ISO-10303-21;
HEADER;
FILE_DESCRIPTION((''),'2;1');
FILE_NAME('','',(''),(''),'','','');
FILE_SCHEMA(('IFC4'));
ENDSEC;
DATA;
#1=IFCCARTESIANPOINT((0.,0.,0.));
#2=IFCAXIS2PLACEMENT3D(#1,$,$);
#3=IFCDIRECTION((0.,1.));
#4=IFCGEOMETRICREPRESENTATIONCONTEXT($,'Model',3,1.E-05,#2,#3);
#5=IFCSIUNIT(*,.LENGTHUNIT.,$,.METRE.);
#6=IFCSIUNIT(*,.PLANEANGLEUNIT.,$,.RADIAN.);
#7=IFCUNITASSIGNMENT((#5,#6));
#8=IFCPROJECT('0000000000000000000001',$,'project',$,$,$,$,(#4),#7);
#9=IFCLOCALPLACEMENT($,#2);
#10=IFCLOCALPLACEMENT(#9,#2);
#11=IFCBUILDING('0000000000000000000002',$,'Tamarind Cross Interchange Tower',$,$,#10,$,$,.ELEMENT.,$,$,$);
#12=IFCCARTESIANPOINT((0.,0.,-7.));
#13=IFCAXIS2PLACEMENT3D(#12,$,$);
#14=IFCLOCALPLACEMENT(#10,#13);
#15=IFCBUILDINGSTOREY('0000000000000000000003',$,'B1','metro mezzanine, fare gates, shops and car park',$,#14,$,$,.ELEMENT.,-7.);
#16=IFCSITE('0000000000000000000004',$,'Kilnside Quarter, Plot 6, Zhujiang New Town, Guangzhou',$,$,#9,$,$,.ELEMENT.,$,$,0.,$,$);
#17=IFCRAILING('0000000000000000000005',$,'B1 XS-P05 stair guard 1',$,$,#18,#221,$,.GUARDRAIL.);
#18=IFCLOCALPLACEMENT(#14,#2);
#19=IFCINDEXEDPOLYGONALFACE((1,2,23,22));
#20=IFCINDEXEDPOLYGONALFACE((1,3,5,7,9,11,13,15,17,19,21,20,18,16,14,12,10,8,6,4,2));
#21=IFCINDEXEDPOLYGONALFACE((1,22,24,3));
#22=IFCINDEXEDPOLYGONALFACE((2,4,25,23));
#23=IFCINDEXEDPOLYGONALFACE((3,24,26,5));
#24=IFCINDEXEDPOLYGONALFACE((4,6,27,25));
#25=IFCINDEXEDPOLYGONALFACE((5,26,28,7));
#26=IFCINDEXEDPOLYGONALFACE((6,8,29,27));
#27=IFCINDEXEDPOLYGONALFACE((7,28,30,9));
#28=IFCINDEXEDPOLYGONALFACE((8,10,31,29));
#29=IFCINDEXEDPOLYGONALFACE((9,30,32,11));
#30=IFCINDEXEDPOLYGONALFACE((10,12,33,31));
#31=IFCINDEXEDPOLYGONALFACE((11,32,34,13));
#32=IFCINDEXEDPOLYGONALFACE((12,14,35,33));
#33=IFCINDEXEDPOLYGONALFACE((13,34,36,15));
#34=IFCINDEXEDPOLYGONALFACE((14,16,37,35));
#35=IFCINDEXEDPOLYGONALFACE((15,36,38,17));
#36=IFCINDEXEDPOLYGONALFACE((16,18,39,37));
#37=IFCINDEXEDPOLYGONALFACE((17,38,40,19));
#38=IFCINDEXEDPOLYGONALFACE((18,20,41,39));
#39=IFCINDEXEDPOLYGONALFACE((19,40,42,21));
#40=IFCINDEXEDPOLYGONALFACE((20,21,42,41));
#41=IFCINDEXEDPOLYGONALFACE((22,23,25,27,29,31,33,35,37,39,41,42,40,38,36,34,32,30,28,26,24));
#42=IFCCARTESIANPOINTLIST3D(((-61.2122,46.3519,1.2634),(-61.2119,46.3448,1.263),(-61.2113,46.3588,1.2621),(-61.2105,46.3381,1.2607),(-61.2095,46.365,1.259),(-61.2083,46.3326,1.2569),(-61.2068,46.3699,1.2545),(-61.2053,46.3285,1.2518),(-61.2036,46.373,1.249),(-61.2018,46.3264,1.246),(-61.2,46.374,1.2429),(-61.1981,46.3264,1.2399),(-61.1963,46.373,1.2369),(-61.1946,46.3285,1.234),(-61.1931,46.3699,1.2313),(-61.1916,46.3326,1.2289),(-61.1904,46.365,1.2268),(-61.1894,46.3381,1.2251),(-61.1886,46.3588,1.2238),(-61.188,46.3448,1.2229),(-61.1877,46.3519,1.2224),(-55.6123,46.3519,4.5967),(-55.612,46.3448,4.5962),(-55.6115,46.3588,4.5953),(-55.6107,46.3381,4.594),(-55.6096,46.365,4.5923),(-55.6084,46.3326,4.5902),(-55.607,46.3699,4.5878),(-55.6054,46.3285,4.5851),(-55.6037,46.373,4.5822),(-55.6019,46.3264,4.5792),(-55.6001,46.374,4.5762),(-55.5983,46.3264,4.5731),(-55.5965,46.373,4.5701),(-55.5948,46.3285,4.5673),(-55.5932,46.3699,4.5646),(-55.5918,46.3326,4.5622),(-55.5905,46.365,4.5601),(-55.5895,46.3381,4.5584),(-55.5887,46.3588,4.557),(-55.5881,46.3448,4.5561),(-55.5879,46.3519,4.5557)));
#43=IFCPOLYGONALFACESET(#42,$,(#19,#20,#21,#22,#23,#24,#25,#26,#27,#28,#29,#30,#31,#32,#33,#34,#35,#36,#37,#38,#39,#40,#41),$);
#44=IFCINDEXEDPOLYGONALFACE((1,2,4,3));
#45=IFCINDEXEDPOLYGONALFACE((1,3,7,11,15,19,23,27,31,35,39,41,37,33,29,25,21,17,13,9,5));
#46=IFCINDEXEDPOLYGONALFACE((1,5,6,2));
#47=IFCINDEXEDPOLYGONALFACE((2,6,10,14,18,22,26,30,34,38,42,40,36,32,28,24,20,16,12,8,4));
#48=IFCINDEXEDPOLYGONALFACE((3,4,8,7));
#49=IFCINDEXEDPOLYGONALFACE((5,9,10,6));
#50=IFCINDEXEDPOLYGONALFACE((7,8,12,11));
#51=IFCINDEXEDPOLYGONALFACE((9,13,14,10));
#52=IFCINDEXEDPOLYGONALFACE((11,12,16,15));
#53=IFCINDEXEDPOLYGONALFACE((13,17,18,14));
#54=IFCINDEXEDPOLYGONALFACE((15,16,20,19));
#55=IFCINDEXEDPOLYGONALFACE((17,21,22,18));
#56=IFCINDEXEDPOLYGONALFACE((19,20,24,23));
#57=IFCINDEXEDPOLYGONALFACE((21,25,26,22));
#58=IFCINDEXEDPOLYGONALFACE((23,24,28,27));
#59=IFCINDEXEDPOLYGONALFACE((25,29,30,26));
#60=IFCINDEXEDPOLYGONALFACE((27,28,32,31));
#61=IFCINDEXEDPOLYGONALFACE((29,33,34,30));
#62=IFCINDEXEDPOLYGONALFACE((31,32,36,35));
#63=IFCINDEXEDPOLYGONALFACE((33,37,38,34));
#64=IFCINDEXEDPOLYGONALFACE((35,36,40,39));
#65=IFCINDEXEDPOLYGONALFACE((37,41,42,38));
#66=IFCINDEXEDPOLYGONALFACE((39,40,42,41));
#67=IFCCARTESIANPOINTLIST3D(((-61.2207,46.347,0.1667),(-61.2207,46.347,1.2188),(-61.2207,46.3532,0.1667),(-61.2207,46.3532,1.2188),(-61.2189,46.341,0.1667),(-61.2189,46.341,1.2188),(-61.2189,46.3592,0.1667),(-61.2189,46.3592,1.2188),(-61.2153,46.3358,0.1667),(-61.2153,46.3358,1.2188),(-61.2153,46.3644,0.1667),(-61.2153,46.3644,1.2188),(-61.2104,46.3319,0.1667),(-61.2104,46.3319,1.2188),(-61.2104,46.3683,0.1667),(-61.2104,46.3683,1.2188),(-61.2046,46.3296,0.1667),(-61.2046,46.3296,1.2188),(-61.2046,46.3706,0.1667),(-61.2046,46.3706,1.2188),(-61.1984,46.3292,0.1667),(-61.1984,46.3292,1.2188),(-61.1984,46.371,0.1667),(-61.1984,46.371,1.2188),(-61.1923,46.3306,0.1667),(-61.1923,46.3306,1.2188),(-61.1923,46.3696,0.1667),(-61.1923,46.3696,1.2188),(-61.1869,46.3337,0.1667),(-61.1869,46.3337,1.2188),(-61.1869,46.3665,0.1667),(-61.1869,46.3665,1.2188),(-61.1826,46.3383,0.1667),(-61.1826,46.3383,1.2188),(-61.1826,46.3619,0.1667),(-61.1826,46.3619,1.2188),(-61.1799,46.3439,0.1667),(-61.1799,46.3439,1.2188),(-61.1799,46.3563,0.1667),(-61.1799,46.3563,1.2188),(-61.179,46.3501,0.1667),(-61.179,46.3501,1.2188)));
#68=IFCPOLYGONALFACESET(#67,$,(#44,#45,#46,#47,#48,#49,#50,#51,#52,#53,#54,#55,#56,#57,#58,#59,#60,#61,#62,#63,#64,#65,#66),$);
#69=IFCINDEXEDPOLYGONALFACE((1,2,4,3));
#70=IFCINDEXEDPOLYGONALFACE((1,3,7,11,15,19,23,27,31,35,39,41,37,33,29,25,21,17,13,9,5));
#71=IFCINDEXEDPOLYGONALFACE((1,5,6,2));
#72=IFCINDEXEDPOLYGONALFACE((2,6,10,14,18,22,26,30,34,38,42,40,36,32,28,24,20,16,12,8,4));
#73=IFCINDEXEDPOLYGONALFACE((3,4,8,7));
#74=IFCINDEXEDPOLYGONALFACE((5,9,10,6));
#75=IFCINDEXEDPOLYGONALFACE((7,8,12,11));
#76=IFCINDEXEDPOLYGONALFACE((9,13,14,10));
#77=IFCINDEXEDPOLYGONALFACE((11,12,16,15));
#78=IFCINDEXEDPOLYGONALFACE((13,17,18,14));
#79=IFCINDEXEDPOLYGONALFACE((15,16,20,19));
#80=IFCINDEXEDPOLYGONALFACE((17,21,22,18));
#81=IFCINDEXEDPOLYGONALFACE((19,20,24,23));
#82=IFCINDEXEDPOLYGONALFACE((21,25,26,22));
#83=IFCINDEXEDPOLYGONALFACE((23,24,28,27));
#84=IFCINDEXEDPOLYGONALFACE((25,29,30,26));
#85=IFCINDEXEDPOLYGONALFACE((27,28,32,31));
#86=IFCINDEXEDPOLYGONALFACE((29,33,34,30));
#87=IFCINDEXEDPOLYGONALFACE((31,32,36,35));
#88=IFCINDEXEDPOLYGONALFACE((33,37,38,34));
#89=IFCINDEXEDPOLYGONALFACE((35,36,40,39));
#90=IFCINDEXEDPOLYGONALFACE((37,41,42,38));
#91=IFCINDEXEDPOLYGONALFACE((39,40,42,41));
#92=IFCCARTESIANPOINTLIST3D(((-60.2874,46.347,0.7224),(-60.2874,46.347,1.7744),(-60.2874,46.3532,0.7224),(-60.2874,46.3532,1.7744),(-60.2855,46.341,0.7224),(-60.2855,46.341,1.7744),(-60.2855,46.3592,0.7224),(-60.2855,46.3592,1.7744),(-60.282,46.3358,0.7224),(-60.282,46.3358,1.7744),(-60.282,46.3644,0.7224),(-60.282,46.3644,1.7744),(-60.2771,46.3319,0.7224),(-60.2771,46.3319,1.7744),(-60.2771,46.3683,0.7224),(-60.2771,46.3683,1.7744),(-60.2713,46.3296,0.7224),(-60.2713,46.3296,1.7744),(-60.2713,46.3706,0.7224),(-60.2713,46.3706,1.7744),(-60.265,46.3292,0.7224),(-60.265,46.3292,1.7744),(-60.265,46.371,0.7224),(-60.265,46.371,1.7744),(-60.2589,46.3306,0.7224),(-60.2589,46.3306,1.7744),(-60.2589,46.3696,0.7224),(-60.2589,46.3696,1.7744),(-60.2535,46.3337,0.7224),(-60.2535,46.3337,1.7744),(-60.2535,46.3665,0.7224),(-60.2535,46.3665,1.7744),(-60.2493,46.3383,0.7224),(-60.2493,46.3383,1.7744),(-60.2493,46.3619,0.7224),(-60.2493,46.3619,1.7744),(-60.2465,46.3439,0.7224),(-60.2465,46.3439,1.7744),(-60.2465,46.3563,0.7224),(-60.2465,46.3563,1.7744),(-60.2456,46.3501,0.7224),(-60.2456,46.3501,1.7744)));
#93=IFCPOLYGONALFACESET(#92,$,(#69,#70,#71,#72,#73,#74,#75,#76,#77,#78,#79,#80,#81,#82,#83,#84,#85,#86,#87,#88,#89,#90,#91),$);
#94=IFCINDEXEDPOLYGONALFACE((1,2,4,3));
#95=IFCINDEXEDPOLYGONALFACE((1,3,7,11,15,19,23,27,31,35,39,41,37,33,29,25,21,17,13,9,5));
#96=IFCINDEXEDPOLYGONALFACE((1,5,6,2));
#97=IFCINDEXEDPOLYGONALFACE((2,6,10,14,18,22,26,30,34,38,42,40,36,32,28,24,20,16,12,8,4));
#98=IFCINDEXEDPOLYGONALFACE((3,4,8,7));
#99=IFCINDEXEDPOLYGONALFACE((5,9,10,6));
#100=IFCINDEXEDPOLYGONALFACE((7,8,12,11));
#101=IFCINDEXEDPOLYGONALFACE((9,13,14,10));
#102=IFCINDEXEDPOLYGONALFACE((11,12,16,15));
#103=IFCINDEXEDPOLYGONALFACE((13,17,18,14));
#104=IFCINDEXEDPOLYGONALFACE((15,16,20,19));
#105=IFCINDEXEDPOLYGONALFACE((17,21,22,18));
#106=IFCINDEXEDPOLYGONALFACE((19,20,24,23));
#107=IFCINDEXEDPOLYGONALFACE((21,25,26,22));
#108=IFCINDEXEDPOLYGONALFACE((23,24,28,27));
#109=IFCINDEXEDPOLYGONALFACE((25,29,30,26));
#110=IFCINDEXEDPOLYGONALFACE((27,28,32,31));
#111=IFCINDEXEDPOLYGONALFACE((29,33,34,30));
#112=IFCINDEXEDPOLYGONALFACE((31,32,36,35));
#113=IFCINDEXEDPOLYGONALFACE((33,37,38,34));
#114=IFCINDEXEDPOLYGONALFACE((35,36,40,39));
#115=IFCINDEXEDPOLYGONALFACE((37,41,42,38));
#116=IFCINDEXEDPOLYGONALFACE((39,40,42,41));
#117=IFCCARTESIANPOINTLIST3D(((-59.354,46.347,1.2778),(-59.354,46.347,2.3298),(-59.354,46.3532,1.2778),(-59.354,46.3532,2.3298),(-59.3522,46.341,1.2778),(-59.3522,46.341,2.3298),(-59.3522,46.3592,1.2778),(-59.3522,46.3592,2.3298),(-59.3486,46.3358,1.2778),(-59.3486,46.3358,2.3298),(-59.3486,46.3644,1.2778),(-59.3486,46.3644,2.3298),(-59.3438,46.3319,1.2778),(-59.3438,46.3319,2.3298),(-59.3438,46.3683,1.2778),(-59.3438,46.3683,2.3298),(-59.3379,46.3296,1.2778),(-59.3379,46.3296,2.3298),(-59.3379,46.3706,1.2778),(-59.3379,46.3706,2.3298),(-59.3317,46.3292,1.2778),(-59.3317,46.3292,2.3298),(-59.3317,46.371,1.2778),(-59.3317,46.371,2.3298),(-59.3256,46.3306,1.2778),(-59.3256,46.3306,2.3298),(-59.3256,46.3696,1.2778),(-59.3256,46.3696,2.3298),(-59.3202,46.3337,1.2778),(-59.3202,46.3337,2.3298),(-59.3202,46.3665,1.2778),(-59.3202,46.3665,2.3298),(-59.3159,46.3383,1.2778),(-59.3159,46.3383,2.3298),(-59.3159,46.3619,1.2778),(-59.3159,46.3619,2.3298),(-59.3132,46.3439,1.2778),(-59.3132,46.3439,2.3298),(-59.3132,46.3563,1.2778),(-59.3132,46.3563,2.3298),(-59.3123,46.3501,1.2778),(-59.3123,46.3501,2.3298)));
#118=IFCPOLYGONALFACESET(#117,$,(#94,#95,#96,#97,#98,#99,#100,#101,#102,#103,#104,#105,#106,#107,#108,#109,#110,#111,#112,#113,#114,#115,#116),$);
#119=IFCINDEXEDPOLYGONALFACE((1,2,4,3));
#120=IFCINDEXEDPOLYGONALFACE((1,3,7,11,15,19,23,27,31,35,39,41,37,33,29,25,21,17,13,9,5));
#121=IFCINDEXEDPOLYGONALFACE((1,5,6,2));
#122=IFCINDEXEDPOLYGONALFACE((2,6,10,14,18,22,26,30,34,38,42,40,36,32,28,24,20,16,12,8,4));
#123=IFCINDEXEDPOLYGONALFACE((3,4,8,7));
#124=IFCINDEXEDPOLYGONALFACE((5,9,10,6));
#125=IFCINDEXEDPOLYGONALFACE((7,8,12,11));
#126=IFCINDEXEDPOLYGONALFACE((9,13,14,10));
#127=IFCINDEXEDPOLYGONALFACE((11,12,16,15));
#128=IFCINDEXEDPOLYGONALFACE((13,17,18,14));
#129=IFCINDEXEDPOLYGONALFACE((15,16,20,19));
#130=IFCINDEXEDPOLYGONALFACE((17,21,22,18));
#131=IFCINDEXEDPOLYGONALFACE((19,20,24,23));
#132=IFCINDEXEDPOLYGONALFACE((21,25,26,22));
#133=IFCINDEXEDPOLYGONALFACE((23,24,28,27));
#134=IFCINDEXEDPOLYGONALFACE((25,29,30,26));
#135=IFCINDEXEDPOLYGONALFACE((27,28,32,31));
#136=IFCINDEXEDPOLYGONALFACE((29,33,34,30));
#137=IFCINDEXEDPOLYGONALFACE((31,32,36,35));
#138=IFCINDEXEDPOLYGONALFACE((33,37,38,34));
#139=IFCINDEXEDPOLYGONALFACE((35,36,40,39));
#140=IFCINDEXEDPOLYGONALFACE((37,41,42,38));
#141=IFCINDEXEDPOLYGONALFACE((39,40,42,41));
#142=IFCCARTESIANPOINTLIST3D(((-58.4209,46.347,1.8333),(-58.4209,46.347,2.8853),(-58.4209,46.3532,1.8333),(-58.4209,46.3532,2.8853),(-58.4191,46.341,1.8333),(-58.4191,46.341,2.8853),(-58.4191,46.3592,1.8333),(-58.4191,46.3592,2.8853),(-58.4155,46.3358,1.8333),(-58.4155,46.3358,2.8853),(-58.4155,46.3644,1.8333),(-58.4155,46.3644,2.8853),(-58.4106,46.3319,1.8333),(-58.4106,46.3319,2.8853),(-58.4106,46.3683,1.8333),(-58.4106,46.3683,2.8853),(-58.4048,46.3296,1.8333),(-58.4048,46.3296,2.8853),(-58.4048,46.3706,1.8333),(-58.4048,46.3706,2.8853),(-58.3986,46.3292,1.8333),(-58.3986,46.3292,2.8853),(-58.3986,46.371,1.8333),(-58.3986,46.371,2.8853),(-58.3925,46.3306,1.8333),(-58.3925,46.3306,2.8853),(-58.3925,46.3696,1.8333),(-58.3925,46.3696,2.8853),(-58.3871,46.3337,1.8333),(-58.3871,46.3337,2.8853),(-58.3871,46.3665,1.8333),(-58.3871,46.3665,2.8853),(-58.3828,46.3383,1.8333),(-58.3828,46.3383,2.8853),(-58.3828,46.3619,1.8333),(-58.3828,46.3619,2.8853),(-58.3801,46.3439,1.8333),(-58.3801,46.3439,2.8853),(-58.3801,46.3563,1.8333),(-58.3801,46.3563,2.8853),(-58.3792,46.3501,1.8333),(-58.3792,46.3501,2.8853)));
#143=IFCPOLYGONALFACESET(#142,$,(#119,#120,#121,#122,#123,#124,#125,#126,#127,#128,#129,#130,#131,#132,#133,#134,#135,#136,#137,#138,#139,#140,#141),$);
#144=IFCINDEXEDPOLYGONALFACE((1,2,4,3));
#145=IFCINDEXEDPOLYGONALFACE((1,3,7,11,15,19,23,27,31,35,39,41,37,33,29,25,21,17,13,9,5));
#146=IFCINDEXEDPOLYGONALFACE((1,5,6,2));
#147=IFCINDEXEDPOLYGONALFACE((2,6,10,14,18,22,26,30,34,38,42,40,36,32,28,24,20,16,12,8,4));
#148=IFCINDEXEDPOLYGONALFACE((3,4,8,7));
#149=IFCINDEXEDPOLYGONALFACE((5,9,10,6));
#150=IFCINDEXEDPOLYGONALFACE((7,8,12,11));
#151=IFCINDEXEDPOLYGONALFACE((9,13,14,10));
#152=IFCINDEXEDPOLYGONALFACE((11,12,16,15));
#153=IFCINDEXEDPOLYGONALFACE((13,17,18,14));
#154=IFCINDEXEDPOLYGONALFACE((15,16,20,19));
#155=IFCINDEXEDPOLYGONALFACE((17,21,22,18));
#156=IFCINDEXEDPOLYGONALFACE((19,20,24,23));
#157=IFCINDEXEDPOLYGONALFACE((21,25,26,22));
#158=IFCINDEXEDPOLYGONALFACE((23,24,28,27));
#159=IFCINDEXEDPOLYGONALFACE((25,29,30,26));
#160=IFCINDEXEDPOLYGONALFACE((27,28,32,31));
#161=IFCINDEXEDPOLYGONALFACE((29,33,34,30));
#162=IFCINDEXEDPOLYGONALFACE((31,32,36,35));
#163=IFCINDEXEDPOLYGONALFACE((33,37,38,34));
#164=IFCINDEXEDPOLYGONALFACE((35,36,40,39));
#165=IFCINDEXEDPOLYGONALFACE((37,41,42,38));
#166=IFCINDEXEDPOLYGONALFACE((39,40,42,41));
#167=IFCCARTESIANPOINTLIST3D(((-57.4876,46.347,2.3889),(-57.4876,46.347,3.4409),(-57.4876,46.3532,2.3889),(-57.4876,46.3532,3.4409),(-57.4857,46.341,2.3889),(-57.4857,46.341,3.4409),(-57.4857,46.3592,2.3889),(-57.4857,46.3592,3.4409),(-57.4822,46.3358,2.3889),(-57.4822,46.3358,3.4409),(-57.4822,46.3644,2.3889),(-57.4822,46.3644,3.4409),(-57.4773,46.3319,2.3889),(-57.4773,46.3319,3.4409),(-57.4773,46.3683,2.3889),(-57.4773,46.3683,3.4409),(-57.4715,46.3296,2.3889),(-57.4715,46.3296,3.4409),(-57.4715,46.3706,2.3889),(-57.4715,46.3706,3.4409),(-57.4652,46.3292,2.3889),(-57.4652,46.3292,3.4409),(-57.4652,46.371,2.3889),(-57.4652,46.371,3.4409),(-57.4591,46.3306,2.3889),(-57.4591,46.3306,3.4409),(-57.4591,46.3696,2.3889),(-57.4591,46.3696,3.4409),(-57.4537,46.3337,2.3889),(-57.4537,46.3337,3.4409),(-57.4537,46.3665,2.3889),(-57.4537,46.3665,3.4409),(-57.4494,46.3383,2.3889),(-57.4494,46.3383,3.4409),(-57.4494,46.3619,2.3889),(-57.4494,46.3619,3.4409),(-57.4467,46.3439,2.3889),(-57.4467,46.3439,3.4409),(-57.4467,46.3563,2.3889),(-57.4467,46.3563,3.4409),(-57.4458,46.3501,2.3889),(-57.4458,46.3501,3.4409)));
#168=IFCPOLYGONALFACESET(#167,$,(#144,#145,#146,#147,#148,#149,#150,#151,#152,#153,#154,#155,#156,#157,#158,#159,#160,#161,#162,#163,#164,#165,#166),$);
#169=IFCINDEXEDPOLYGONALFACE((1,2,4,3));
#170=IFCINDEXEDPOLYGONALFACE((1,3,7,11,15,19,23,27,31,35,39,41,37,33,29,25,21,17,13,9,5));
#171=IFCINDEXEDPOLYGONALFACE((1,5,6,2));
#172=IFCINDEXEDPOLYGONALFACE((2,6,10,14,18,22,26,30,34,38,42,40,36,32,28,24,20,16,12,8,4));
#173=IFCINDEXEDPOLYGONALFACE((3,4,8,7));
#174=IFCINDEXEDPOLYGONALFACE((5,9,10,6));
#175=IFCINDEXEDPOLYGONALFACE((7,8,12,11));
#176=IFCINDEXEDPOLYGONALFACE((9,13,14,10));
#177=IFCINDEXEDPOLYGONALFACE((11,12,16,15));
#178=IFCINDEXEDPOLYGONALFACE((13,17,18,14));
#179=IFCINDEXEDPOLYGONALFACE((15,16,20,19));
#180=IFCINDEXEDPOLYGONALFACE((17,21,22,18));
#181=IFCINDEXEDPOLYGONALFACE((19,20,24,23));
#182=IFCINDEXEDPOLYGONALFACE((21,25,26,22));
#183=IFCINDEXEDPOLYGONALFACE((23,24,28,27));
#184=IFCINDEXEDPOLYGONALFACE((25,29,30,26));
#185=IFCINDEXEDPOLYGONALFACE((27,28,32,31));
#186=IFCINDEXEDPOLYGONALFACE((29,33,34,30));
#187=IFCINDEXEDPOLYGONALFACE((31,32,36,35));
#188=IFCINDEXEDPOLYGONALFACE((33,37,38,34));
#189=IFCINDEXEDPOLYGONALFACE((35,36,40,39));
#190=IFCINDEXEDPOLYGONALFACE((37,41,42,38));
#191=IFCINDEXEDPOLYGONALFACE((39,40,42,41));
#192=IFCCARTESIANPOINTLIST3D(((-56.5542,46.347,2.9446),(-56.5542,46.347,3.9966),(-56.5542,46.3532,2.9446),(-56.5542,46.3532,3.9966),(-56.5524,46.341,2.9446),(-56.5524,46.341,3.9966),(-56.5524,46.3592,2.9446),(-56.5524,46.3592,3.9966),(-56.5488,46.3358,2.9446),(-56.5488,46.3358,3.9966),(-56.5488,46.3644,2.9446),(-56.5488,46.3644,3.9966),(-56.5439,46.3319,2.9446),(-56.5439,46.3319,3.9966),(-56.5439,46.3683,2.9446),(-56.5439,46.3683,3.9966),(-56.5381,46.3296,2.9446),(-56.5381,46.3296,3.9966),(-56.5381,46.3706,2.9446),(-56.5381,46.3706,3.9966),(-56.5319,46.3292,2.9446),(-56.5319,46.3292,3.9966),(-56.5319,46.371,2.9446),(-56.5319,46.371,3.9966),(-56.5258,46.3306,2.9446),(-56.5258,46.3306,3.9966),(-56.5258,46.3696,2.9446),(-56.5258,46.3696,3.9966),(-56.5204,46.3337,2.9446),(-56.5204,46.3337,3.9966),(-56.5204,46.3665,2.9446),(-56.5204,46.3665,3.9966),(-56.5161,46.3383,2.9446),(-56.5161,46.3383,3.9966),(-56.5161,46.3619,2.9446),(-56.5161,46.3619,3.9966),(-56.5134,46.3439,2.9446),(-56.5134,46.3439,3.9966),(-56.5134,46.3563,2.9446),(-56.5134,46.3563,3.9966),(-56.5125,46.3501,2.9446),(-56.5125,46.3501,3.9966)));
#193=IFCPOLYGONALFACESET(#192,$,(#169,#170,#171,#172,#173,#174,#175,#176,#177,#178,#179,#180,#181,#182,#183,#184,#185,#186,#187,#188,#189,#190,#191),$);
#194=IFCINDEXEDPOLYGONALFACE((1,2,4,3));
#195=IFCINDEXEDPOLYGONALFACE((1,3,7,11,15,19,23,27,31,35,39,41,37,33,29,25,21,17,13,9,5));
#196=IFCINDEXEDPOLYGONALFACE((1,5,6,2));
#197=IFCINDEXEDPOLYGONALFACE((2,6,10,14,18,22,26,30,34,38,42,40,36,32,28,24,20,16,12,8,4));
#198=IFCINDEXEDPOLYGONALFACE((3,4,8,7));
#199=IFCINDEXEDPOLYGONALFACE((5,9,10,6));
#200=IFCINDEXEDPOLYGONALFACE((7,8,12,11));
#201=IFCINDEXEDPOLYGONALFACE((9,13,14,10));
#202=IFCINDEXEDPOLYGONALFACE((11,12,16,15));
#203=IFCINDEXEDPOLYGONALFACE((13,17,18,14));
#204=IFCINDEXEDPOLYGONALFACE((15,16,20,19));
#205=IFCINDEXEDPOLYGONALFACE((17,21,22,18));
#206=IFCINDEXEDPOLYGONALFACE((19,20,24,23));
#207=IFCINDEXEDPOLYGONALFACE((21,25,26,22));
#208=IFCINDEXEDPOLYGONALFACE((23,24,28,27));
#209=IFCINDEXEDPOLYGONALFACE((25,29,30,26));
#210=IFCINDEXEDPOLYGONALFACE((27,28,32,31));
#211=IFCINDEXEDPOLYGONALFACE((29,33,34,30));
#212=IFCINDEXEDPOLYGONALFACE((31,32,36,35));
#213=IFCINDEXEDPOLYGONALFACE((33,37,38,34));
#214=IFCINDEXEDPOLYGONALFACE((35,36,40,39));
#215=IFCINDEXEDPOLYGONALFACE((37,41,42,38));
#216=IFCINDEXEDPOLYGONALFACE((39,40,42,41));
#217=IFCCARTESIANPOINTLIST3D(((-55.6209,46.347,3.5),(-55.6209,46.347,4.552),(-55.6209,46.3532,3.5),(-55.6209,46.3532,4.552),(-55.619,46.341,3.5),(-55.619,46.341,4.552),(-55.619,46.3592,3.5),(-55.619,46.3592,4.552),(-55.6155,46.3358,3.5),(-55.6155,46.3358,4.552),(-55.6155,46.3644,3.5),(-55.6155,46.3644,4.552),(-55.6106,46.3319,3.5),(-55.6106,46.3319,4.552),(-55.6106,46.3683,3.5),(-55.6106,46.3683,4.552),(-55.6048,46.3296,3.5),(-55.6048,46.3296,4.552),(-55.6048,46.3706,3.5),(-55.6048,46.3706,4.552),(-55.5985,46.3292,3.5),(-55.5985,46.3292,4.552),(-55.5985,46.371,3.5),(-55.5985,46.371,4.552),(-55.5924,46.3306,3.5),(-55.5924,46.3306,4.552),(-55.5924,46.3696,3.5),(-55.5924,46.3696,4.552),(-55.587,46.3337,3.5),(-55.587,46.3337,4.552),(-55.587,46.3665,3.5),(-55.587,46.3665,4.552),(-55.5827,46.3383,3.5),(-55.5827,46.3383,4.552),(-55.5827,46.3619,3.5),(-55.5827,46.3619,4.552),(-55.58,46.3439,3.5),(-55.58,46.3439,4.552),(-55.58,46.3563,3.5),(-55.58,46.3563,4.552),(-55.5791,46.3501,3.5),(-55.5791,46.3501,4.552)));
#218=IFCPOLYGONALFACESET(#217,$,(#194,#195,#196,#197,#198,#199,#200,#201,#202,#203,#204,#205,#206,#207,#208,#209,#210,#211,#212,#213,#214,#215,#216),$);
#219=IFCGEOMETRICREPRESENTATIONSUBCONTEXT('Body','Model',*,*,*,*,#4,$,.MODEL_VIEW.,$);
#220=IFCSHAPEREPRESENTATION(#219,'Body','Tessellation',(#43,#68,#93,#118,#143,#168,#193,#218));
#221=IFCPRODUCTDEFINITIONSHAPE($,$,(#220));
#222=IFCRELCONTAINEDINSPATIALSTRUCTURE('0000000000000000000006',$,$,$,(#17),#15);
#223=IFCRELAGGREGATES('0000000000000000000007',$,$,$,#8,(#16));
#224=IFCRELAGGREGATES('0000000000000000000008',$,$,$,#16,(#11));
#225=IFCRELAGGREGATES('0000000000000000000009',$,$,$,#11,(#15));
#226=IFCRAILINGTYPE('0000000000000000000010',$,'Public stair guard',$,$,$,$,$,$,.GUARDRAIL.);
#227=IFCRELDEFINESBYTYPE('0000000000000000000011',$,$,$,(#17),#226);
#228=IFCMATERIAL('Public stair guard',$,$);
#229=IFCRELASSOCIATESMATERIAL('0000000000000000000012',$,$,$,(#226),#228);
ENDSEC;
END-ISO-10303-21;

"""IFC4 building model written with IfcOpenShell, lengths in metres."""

from ifc_helpers import new_model, si_unit, direction, frame, origin, origin_2d, place, context, subcontext, project, spatial, circle, extrude, material, type_object, element, save


model = new_model("IFC4")

# Units and contexts
model_context = context("Model", 3, precision=1e-05, world=origin(), true_north=direction((0.0, 1.0)))
body_context = subcontext(model_context, "Body", "Model", "MODEL_VIEW")
ifc_project = project(units=[si_unit("LENGTHUNIT", "METRE"), si_unit("PLANEANGLEUNIT", "RADIAN")], contexts=[model_context])

# Site, building, storey
site_placement = place(None, origin())
site = spatial("IfcSite", under=ifc_project, at=site_placement, Name="Kilnside Quarter, Plot 6, Zhujiang New Town, Guangzhou", CompositionType="ELEMENT", RefElevation=0.0)
building_placement = place(site_placement, origin())
building = spatial("IfcBuilding", under=site, at=building_placement, Name="Tamarind Cross Interchange Tower", CompositionType="ELEMENT")
storey_placement = place(building_placement, frame((0.0, 0.0, -7.0)))
storey = spatial("IfcBuildingStorey", under=building, at=storey_placement, Name="B1", Description="metro mezzanine, fare gates, shops and car park", CompositionType="ELEMENT", Elevation=-7.0)

# Railing
ifc_material_1 = material(Name="Public stair guard")
railing_type_1 = type_object("IfcRailingType", Name="Public stair guard", PredefinedType="GUARDRAIL", material=ifc_material_1)
railing_1_placement = place(storey_placement, frame((-61.2, 46.3501, 0.1667)))
element("IfcRailing", 1, at=railing_1_placement, inside=storey, type_object=railing_type_1, Name="B1 XS-P05 stair guard 1", PredefinedType="GUARDRAIL", context=body_context, shape_type="SweptSolid", body=[
    extrude(circle(Radius=0.0239, at=origin_2d()), frame((0.0, 0.0, 1.0762), z_axis=(0.859292, 0.0, 0.511485), x_axis=(0.0, 1.0, 0.0)), (0.0, 0.0, 1.0), 6.5168),
    extrude(circle(Radius=0.021, at=origin_2d()), origin(), (0.0, 0.0, 1.0), 1.052),
    extrude(circle(Radius=0.021, at=origin_2d()), frame((0.9333, 0.0, 0.5557)), (0.0, 0.0, 1.0), 1.052),
    extrude(circle(Radius=0.021, at=origin_2d()), frame((1.8667, 0.0, 1.1111)), (0.0, 0.0, 1.0), 1.052),
    extrude(circle(Radius=0.021, at=origin_2d()), frame((2.7998, 0.0, 1.6665)), (0.0, 0.0, 1.0), 1.052),
    extrude(circle(Radius=0.021, at=origin_2d()), frame((3.7332, 0.0, 2.2222)), (0.0, 0.0, 1.0), 1.052),
    extrude(circle(Radius=0.021, at=origin_2d()), frame((4.6665, 0.0, 2.7778)), (0.0, 0.0, 1.0), 1.052),
    extrude(circle(Radius=0.021, at=origin_2d()), frame((5.5999, 0.0, 3.3333)), (0.0, 0.0, 1.0), 1.052),
])

save(model, "model.ifc")
